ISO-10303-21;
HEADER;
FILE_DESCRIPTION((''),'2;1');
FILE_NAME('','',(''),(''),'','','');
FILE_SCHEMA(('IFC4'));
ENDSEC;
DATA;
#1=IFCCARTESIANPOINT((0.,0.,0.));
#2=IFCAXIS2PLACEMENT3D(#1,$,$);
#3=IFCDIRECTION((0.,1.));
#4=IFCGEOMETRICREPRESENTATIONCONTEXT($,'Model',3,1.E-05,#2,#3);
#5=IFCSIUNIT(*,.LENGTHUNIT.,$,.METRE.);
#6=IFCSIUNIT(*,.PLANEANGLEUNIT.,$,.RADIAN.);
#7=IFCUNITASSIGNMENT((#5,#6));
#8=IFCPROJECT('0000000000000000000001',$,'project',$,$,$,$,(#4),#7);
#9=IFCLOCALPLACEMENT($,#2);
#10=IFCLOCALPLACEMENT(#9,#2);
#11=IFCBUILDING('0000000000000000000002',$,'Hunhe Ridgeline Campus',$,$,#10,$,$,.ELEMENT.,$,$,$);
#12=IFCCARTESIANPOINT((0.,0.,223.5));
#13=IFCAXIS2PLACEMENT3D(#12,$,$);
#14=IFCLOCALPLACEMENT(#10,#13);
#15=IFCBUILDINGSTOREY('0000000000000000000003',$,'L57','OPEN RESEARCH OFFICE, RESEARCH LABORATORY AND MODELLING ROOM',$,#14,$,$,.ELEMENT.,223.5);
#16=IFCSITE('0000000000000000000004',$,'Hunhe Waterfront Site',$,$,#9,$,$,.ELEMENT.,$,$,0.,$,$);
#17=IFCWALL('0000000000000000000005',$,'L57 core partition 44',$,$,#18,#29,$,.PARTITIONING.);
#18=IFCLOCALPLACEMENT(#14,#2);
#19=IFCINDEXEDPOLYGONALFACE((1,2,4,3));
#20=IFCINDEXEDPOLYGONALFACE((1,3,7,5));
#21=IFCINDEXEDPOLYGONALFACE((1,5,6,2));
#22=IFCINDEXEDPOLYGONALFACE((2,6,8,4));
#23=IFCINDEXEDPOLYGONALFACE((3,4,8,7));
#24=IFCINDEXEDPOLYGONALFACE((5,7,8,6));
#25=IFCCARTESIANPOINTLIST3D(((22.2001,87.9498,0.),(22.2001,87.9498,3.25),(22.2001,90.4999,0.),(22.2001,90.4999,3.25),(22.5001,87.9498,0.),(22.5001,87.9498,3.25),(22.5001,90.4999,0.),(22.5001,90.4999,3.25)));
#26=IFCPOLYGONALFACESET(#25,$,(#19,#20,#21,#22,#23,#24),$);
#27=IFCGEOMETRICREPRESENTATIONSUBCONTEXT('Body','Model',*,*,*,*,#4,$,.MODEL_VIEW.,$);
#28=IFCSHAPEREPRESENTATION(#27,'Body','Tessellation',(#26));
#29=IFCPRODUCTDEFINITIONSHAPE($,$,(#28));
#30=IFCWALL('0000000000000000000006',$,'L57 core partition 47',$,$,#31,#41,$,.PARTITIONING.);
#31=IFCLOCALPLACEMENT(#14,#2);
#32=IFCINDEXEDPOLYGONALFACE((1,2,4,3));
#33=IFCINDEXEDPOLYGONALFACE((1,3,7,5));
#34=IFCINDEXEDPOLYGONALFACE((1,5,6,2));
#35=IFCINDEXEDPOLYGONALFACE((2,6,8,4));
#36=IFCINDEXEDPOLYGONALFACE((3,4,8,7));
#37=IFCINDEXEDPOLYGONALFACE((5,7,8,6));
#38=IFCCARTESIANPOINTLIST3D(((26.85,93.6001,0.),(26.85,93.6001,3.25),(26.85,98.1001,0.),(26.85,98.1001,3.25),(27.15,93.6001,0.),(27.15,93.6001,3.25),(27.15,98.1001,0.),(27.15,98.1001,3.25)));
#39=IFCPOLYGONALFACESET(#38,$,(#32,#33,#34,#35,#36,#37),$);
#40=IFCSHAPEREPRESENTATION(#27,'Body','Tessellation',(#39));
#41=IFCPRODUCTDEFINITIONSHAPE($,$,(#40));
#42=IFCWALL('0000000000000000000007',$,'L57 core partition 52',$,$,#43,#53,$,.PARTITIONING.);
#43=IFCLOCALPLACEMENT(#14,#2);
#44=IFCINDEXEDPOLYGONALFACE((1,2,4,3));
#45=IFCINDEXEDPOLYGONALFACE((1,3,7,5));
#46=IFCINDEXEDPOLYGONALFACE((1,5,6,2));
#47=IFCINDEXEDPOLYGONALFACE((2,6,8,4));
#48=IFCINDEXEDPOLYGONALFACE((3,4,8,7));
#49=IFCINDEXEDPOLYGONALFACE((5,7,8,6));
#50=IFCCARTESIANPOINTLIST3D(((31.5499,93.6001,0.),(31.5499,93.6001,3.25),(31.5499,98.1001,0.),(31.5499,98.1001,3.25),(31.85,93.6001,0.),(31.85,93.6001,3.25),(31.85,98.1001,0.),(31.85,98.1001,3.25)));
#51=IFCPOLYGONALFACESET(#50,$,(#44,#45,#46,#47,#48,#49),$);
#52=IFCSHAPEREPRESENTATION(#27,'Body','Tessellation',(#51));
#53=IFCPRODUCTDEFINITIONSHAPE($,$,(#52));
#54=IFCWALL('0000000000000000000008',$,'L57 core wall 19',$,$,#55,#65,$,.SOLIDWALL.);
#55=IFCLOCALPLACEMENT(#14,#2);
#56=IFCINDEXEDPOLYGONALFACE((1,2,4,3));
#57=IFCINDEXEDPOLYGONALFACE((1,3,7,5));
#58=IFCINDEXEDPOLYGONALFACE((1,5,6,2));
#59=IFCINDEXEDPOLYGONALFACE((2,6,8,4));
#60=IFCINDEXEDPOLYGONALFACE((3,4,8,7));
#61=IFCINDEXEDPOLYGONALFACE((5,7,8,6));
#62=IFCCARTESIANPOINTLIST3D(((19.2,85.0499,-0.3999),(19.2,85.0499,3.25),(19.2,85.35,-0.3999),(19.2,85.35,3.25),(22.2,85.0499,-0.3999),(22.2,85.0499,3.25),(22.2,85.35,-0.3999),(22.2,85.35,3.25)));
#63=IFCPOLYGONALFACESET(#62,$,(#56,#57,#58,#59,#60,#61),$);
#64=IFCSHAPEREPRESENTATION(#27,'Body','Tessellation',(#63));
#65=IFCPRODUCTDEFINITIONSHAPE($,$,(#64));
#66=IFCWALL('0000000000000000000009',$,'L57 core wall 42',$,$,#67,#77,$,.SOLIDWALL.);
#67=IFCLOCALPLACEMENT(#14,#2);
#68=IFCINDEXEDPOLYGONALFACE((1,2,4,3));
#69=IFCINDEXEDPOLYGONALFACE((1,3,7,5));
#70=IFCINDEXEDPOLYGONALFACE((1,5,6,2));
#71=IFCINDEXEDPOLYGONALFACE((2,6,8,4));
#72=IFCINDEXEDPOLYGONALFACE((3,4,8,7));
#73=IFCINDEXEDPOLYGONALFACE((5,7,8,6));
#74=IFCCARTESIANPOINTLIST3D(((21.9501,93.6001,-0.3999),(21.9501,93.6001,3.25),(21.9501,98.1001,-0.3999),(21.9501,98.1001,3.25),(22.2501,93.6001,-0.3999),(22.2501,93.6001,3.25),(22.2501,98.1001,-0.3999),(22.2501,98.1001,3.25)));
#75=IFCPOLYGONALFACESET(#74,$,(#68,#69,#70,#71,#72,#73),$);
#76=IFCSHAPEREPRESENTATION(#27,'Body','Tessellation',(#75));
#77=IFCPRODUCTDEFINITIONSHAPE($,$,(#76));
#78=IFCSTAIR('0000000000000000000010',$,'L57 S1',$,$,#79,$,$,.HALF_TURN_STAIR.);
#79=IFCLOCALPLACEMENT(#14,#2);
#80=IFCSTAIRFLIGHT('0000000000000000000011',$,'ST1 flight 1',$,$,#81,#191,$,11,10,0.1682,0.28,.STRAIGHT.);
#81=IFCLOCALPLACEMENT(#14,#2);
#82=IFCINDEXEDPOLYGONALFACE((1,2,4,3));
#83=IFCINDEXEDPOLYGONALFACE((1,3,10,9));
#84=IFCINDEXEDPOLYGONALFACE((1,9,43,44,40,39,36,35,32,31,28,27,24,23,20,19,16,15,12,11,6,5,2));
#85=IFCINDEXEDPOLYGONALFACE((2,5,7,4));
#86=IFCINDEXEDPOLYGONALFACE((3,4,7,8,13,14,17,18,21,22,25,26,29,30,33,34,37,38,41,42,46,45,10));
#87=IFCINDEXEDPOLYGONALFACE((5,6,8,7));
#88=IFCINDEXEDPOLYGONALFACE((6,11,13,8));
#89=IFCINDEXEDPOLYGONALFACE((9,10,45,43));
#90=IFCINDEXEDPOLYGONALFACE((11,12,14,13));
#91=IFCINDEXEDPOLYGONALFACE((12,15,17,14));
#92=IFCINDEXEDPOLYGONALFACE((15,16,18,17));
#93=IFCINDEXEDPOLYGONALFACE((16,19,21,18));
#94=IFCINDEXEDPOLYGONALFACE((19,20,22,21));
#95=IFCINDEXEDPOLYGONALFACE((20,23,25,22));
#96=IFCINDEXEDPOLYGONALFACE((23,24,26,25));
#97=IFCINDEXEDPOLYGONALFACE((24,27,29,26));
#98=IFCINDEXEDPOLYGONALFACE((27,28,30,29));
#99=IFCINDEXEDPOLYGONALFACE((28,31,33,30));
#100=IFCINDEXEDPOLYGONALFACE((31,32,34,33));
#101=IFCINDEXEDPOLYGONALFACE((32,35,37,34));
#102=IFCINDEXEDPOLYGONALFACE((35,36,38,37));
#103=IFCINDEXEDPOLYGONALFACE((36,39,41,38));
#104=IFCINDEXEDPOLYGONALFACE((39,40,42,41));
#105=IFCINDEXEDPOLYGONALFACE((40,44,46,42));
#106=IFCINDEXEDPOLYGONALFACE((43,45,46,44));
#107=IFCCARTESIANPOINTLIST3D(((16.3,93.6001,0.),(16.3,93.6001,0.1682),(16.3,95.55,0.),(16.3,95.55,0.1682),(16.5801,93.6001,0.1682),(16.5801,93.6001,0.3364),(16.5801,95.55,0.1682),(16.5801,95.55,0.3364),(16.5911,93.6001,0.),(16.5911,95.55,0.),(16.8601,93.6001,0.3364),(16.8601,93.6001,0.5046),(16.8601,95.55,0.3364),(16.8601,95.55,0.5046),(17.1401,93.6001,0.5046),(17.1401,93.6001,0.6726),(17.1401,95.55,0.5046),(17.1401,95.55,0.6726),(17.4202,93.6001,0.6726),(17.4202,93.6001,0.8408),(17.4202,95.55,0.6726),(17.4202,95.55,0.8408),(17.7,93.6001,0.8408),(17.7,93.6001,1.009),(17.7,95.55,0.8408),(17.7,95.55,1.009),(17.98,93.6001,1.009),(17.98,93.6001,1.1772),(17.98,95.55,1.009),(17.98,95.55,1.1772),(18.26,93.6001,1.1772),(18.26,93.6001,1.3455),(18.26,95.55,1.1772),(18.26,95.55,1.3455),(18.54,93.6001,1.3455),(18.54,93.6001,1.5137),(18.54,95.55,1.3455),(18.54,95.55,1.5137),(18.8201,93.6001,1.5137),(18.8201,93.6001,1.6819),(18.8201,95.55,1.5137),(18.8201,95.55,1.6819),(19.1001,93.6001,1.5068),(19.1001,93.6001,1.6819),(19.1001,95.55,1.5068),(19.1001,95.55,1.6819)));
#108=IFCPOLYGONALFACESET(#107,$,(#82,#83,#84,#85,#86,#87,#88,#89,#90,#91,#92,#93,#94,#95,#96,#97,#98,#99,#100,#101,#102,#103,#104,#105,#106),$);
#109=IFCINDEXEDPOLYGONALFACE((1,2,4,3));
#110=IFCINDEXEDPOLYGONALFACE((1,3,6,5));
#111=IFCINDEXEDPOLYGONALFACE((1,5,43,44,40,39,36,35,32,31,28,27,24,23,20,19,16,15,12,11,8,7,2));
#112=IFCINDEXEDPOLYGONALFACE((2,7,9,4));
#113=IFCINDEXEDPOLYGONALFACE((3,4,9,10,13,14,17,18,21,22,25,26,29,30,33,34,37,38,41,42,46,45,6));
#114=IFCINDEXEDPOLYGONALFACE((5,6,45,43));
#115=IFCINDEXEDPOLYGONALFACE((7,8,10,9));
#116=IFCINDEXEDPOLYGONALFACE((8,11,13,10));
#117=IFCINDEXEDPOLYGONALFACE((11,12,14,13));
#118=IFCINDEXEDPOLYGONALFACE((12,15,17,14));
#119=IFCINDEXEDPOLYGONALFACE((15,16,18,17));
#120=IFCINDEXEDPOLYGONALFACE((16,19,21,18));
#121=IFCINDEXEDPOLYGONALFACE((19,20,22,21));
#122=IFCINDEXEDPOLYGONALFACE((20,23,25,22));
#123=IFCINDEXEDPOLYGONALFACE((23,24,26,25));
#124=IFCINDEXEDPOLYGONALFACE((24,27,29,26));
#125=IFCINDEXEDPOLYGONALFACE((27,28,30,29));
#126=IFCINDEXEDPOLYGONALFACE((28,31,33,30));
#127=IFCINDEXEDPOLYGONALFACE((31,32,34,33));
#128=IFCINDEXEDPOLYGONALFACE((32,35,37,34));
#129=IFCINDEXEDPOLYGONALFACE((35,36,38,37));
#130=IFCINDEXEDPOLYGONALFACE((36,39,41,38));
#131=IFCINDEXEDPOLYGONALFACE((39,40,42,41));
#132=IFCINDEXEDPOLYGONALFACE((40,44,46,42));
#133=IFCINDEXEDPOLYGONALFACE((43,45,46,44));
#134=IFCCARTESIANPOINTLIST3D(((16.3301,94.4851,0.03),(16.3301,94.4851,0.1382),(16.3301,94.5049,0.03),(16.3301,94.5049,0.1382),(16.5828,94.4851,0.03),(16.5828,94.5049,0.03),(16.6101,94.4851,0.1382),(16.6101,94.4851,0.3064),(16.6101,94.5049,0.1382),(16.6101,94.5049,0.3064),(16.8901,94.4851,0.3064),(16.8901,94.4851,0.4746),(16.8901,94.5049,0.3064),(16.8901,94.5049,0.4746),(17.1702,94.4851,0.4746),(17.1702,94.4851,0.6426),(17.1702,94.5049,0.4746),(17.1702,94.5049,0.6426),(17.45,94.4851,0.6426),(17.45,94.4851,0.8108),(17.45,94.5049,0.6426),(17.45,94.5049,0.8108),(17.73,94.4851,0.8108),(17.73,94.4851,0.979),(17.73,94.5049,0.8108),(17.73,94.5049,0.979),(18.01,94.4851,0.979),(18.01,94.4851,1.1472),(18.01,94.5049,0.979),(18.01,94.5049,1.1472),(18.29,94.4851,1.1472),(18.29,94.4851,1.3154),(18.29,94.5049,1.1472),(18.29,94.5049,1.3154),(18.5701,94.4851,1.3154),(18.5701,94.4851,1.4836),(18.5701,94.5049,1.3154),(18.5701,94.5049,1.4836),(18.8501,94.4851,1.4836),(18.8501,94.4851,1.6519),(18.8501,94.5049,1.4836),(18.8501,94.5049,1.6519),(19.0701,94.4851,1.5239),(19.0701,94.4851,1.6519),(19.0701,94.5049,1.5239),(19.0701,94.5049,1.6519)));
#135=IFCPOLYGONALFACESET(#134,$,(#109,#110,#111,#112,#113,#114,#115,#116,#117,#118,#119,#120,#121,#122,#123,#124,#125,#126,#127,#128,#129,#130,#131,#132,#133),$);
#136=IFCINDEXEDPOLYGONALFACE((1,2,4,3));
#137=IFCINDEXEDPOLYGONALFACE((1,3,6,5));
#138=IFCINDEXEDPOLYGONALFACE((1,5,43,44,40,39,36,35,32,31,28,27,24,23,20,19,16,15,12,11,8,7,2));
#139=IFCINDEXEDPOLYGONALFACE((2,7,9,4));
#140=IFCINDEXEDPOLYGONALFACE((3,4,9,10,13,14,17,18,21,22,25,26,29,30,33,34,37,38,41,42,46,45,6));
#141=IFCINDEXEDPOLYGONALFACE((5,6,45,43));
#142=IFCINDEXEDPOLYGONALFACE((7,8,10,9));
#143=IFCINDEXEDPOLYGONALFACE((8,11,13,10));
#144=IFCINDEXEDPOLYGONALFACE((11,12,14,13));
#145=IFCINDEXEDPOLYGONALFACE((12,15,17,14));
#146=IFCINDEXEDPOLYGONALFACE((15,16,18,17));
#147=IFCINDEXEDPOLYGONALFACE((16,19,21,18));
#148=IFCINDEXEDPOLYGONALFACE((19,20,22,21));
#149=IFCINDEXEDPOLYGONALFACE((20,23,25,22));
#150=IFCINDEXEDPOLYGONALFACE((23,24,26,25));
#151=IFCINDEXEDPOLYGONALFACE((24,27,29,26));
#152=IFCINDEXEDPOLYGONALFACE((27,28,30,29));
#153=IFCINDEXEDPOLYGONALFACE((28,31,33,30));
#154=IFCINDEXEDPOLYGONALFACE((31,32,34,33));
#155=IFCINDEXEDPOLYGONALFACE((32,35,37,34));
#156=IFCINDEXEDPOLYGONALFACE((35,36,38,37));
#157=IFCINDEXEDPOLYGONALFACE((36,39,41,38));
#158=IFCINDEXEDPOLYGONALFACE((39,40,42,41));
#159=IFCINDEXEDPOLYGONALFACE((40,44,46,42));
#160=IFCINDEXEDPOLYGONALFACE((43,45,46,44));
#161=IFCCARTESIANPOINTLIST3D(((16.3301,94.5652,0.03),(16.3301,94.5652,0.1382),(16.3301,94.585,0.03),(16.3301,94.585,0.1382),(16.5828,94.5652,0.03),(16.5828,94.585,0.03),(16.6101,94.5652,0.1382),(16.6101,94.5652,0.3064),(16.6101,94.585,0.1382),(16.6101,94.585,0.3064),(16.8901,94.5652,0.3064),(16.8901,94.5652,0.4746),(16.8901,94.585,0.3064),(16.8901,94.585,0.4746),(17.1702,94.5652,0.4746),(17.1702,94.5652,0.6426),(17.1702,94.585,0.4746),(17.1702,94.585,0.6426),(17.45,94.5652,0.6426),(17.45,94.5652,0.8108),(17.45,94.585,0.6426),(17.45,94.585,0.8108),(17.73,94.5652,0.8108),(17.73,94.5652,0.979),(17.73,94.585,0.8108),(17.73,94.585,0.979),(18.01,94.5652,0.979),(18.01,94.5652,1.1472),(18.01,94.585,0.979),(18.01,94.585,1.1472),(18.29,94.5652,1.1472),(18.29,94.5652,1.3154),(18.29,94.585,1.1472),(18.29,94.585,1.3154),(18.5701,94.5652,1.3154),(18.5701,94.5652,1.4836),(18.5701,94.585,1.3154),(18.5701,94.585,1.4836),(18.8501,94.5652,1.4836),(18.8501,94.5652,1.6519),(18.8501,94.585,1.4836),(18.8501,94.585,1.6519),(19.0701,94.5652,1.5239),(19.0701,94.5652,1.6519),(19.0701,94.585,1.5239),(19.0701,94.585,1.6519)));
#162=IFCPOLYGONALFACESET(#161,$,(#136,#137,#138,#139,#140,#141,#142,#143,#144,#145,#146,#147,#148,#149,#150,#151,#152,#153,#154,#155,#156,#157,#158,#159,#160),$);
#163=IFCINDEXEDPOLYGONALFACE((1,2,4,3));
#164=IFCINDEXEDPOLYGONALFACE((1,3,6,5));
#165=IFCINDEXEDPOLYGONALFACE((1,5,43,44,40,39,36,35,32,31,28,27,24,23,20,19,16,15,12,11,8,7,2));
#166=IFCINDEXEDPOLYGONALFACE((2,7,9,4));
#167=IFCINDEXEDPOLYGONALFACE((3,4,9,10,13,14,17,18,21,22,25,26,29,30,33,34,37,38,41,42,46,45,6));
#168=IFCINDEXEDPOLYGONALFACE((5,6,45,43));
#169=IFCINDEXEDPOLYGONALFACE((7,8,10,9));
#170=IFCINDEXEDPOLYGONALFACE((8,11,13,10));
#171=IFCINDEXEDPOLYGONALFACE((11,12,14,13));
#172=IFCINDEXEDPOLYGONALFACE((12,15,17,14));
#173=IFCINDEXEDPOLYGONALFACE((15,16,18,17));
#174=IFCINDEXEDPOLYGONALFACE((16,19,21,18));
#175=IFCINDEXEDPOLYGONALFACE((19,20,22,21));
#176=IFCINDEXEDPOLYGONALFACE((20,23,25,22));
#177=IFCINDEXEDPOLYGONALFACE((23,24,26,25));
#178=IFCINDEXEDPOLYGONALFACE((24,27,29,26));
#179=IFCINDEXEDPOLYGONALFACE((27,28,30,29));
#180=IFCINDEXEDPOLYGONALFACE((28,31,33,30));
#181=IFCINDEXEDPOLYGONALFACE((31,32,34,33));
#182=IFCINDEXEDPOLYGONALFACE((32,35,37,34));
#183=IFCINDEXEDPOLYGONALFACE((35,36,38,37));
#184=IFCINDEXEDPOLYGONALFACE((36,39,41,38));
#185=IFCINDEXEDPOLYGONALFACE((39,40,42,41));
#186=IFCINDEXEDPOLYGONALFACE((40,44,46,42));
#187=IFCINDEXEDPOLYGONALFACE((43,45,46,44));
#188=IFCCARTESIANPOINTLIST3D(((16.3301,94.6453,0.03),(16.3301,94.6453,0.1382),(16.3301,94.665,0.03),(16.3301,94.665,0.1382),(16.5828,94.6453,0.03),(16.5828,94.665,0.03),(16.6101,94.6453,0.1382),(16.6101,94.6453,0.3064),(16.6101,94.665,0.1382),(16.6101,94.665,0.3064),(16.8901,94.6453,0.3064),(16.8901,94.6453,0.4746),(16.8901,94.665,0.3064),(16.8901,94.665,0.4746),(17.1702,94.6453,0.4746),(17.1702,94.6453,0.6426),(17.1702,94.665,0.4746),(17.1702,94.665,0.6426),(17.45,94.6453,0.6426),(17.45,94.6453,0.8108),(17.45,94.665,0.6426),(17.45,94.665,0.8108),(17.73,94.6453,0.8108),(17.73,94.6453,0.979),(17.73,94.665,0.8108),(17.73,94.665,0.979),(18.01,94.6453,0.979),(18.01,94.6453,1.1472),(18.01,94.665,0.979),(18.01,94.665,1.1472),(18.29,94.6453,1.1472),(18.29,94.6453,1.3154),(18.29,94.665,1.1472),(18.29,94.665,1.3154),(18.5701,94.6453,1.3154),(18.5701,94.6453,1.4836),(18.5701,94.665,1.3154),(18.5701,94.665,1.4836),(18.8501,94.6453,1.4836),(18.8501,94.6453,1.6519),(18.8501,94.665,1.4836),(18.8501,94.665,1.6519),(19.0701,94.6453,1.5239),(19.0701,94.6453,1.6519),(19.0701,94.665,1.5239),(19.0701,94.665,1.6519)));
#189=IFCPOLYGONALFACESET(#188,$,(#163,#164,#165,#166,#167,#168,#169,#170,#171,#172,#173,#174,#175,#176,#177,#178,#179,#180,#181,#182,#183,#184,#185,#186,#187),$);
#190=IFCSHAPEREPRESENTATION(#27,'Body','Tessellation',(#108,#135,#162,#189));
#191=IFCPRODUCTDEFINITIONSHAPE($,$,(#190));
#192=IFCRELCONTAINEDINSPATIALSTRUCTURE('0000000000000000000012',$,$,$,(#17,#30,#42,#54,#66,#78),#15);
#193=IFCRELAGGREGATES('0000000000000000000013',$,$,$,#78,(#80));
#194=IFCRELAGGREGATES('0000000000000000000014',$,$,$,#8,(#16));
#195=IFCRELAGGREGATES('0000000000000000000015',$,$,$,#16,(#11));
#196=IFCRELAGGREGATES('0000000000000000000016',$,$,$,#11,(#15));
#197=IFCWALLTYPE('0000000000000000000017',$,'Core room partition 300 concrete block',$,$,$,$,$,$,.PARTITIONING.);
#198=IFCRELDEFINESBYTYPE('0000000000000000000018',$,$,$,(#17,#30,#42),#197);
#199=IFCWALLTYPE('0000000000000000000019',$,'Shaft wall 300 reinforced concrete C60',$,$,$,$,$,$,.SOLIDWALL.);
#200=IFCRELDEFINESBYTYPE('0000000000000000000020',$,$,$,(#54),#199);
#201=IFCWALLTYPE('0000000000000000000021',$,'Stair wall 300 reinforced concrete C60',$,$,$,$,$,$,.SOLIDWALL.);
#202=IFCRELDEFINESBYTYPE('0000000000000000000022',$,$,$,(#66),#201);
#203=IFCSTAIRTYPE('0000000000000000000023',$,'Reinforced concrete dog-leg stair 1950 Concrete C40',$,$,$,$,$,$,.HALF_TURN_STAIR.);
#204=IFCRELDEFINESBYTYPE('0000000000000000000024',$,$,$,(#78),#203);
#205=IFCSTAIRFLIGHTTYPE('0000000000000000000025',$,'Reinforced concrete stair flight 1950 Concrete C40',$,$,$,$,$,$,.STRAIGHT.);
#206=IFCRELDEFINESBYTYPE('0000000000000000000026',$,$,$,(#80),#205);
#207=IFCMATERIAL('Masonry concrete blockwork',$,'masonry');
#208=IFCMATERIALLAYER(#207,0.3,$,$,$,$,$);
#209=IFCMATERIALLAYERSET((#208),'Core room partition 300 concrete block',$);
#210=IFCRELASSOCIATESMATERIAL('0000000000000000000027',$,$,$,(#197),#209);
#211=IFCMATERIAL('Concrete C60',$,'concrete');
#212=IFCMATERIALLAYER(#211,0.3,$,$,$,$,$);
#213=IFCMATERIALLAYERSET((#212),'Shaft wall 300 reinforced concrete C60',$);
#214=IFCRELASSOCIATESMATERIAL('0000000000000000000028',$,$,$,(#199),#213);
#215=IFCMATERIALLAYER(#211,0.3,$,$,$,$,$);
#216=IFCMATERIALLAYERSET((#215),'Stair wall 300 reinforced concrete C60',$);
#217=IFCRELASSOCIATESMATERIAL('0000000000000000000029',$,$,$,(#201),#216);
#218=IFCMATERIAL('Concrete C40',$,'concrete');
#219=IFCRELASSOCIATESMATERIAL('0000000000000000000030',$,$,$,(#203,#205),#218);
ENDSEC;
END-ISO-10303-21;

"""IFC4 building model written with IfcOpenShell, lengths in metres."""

from ifc_helpers import new_model, si_unit, direction, frame, frame_2d, origin, place, context, subcontext, project, spatial, polyline, rectangle, outline, extrude, material, layer, layer_set, type_object, element, aggregate, save


model = new_model("IFC4")

# Units and contexts
model_context = context("Model", 3, precision=1e-05, world=origin(), true_north=direction((0.0, 1.0)))
body_context = subcontext(model_context, "Body", "Model", "MODEL_VIEW")
ifc_project = project(units=[si_unit("LENGTHUNIT", "METRE"), si_unit("PLANEANGLEUNIT", "RADIAN")], contexts=[model_context])

# Site, building, storey
site_placement = place(None, origin())
site = spatial("IfcSite", under=ifc_project, at=site_placement, Name="Hunhe Waterfront Site", CompositionType="ELEMENT", RefElevation=0.0)
building_placement = place(site_placement, origin())
building = spatial("IfcBuilding", under=site, at=building_placement, Name="Hunhe Ridgeline Campus", CompositionType="ELEMENT")
storey_placement = place(building_placement, frame((0.0, 0.0, 223.5)))
storey = spatial("IfcBuildingStorey", under=building, at=storey_placement, Name="L57", Description="OPEN RESEARCH OFFICE, RESEARCH LABORATORY AND MODELLING ROOM", CompositionType="ELEMENT", Elevation=223.5)

# Walls
ifc_material_1 = material(Name="Masonry concrete blockwork", Category="masonry")
ifc_layer_1 = layer(ifc_material_1, 0.3)
ifc_layer_set_1 = layer_set([ifc_layer_1], Name="Core room partition 300 concrete block")
wall_type_1 = type_object("IfcWallType", Name="Core room partition 300 concrete block", PredefinedType="PARTITIONING", material=ifc_layer_set_1)
wall_1_placement = place(storey_placement, frame((22.3501, 87.95, 0.0), z_axis=(0.0, 0.0, 1.0), x_axis=(0.0, 1.0, 0.0)))
element("IfcWall", 1, at=wall_1_placement, inside=storey, type_object=wall_type_1, Name="L57 core partition 44", PredefinedType="PARTITIONING", context=body_context, shape_type="SweptSolid", body=[
    extrude(rectangle(XDim=2.55, YDim=0.3, at=frame_2d((1.2749, 0.0))), origin(), (0.0, 0.0, 1.0), 3.25),
])
for number, where, z_axis, x_axis, name in (
    (2, (27.0, 93.6001, 0.0), (0.0, 0.0, 1.0), (0.0, 1.0, 0.0), "L57 core partition 47"),
    (3, (31.7, 93.6001, 0.0), (0.0, 0.0, 1.0), (0.0, 1.0, 0.0), "L57 core partition 52"),
):
    element("IfcWall", number, at=place(storey_placement, frame(where, z_axis=z_axis, x_axis=x_axis)), inside=storey, type_object=wall_type_1, Name=name, PredefinedType="PARTITIONING", context=body_context, shape_type="SweptSolid", body=[
        extrude(rectangle(XDim=4.5, YDim=0.3, at=frame_2d((2.25, 0.0))), origin(), (0.0, 0.0, 1.0), 3.25),
    ])
ifc_material_2 = material(Name="Concrete C60", Category="concrete")
ifc_layer_2 = layer(ifc_material_2, 0.3)
ifc_layer_set_2 = layer_set([ifc_layer_2], Name="Shaft wall 300 reinforced concrete C60")
wall_type_2 = type_object("IfcWallType", Name="Shaft wall 300 reinforced concrete C60", PredefinedType="SOLIDWALL", material=ifc_layer_set_2)
wall_2_placement = place(storey_placement, frame((19.2, 85.2, -0.3999), z_axis=(0.0, 0.0, 1.0), x_axis=(1.0, 0.0, 0.0)))
element("IfcWall", 4, at=wall_2_placement, inside=storey, type_object=wall_type_2, Name="L57 core wall 19", PredefinedType="SOLIDWALL", context=body_context, shape_type="SweptSolid", body=[
    extrude(rectangle(XDim=3.0, YDim=0.3, at=frame_2d((1.5, 0.0))), origin(), (0.0, 0.0, 1.0), 3.6499),
])

# Shared definitions
ifc_layer_3 = layer(ifc_material_2, 0.3)
ifc_layer_set_3 = layer_set([ifc_layer_3], Name="Stair wall 300 reinforced concrete C60")
wall_type_3 = type_object("IfcWallType", Name="Stair wall 300 reinforced concrete C60", PredefinedType="SOLIDWALL", material=ifc_layer_set_3)

# Wall
wall_3_placement = place(storey_placement, frame((22.1001, 93.6001, -0.3999), z_axis=(0.0, 0.0, 1.0), x_axis=(0.0, 1.0, 0.0)))
element("IfcWall", 5, at=wall_3_placement, inside=storey, type_object=wall_type_3, Name="L57 core wall 42", PredefinedType="SOLIDWALL", context=body_context, shape_type="SweptSolid", body=[
    extrude(rectangle(XDim=4.5, YDim=0.3, at=frame_2d((2.25, 0.0))), origin(), (0.0, 0.0, 1.0), 3.6499),
])

# Stair, stair flight
ifc_material_3 = material(Name="Concrete C40", Category="concrete")
stair_type = type_object("IfcStairType", Name="Reinforced concrete dog-leg stair 1950 Concrete C40", PredefinedType="HALF_TURN_STAIR", material=ifc_material_3)
stair_placement = place(storey_placement, origin())
stair = element("IfcStair", 6, at=stair_placement, inside=storey, type_object=stair_type, Name="L57 S1", PredefinedType="HALF_TURN_STAIR")
stair_flight_type = type_object("IfcStairFlightType", Name="Reinforced concrete stair flight 1950 Concrete C40", PredefinedType="STRAIGHT", material=ifc_material_3)
stair_flight_1_placement = place(storey_placement, frame((16.3, 94.575, 0.0), z_axis=(0.0, 0.0, 1.0), x_axis=(1.0, 0.0, 0.0)))
stair_flight_1 = element("IfcStairFlight", 7, at=stair_flight_1_placement, type_object=stair_flight_type, Name="ST1 flight 1", NumberOfRisers=11, NumberOfTreads=10, PredefinedType="STRAIGHT", RiserHeight=0.1682, TreadLength=0.28, context=body_context, shape_type="SweptSolid", body=[
    extrude(outline(polyline([(0.0, 0.0), (0.0, 0.1682), (0.28, 0.1682), (0.28, 0.3364), (0.5601, 0.3364), (0.5601, 0.5046), (0.8401, 0.5046), (0.8401, 0.6726), (1.1201, 0.6726), (1.1201, 0.8408), (1.3999, 0.8408), (1.3999, 1.009), (1.6799, 1.009), (1.6799, 1.1772), (1.96, 1.1772), (1.96, 1.3455), (2.24, 1.3455), (2.24, 1.5137), (2.52, 1.5137), (2.52, 1.6819), (2.8, 1.6819), (2.8, 1.8501), (2.8, 1.5068), (0.291, 0.0), (0.0, 0.0)])), frame((0.0, 0.9751, 0.0), z_axis=(0.0, -1.0, 0.0), x_axis=(1.0, 0.0, 0.0)), (0.0, 0.0, 1.0), 1.95),
    extrude(outline(polyline([(0.03, 0.03), (0.03, 0.1382), (0.3101, 0.1382), (0.3101, 0.3064), (0.5901, 0.3064), (0.5901, 0.4746), (0.8701, 0.4746), (0.8701, 0.6426), (1.1499, 0.6426), (1.1499, 0.8108), (1.4299, 0.8108), (1.4299, 0.979), (1.71, 0.979), (1.71, 1.1472), (1.99, 1.1472), (1.99, 1.3154), (2.27, 1.3154), (2.27, 1.4836), (2.55, 1.4836), (2.55, 1.6519), (2.77, 1.6519), (2.77, 1.5239), (0.2827, 0.03), (0.03, 0.03)])), frame((0.0, -0.0701, 0.0), z_axis=(0.0, -1.0, 0.0), x_axis=(1.0, 0.0, 0.0)), (0.0, 0.0, 1.0), 0.0198),
    extrude(outline(polyline([(0.03, 0.03), (0.03, 0.1382), (0.3101, 0.1382), (0.3101, 0.3064), (0.5901, 0.3064), (0.5901, 0.4746), (0.8701, 0.4746), (0.8701, 0.6426), (1.1499, 0.6426), (1.1499, 0.8108), (1.4299, 0.8108), (1.4299, 0.979), (1.71, 0.979), (1.71, 1.1472), (1.99, 1.1472), (1.99, 1.3154), (2.27, 1.3154), (2.27, 1.4836), (2.55, 1.4836), (2.55, 1.6519), (2.77, 1.6519), (2.77, 1.5239), (0.2827, 0.03), (0.03, 0.03)])), frame((0.0, 0.01, 0.0), z_axis=(0.0, -1.0, 0.0), x_axis=(1.0, 0.0, 0.0)), (0.0, 0.0, 1.0), 0.0198),
    extrude(outline(polyline([(0.03, 0.03), (0.03, 0.1382), (0.3101, 0.1382), (0.3101, 0.3064), (0.5901, 0.3064), (0.5901, 0.4746), (0.8701, 0.4746), (0.8701, 0.6426), (1.1499, 0.6426), (1.1499, 0.8108), (1.4299, 0.8108), (1.4299, 0.979), (1.71, 0.979), (1.71, 1.1472), (1.99, 1.1472), (1.99, 1.3154), (2.27, 1.3154), (2.27, 1.4836), (2.55, 1.4836), (2.55, 1.6519), (2.77, 1.6519), (2.77, 1.5239), (0.2827, 0.03), (0.03, 0.03)])), frame((0.0, 0.0901, 0.0), z_axis=(0.0, -1.0, 0.0), x_axis=(1.0, 0.0, 0.0)), (0.0, 0.0, 1.0), 0.0198),
])
aggregate(stair, [stair_flight_1])

save(model, "model.ifc")
